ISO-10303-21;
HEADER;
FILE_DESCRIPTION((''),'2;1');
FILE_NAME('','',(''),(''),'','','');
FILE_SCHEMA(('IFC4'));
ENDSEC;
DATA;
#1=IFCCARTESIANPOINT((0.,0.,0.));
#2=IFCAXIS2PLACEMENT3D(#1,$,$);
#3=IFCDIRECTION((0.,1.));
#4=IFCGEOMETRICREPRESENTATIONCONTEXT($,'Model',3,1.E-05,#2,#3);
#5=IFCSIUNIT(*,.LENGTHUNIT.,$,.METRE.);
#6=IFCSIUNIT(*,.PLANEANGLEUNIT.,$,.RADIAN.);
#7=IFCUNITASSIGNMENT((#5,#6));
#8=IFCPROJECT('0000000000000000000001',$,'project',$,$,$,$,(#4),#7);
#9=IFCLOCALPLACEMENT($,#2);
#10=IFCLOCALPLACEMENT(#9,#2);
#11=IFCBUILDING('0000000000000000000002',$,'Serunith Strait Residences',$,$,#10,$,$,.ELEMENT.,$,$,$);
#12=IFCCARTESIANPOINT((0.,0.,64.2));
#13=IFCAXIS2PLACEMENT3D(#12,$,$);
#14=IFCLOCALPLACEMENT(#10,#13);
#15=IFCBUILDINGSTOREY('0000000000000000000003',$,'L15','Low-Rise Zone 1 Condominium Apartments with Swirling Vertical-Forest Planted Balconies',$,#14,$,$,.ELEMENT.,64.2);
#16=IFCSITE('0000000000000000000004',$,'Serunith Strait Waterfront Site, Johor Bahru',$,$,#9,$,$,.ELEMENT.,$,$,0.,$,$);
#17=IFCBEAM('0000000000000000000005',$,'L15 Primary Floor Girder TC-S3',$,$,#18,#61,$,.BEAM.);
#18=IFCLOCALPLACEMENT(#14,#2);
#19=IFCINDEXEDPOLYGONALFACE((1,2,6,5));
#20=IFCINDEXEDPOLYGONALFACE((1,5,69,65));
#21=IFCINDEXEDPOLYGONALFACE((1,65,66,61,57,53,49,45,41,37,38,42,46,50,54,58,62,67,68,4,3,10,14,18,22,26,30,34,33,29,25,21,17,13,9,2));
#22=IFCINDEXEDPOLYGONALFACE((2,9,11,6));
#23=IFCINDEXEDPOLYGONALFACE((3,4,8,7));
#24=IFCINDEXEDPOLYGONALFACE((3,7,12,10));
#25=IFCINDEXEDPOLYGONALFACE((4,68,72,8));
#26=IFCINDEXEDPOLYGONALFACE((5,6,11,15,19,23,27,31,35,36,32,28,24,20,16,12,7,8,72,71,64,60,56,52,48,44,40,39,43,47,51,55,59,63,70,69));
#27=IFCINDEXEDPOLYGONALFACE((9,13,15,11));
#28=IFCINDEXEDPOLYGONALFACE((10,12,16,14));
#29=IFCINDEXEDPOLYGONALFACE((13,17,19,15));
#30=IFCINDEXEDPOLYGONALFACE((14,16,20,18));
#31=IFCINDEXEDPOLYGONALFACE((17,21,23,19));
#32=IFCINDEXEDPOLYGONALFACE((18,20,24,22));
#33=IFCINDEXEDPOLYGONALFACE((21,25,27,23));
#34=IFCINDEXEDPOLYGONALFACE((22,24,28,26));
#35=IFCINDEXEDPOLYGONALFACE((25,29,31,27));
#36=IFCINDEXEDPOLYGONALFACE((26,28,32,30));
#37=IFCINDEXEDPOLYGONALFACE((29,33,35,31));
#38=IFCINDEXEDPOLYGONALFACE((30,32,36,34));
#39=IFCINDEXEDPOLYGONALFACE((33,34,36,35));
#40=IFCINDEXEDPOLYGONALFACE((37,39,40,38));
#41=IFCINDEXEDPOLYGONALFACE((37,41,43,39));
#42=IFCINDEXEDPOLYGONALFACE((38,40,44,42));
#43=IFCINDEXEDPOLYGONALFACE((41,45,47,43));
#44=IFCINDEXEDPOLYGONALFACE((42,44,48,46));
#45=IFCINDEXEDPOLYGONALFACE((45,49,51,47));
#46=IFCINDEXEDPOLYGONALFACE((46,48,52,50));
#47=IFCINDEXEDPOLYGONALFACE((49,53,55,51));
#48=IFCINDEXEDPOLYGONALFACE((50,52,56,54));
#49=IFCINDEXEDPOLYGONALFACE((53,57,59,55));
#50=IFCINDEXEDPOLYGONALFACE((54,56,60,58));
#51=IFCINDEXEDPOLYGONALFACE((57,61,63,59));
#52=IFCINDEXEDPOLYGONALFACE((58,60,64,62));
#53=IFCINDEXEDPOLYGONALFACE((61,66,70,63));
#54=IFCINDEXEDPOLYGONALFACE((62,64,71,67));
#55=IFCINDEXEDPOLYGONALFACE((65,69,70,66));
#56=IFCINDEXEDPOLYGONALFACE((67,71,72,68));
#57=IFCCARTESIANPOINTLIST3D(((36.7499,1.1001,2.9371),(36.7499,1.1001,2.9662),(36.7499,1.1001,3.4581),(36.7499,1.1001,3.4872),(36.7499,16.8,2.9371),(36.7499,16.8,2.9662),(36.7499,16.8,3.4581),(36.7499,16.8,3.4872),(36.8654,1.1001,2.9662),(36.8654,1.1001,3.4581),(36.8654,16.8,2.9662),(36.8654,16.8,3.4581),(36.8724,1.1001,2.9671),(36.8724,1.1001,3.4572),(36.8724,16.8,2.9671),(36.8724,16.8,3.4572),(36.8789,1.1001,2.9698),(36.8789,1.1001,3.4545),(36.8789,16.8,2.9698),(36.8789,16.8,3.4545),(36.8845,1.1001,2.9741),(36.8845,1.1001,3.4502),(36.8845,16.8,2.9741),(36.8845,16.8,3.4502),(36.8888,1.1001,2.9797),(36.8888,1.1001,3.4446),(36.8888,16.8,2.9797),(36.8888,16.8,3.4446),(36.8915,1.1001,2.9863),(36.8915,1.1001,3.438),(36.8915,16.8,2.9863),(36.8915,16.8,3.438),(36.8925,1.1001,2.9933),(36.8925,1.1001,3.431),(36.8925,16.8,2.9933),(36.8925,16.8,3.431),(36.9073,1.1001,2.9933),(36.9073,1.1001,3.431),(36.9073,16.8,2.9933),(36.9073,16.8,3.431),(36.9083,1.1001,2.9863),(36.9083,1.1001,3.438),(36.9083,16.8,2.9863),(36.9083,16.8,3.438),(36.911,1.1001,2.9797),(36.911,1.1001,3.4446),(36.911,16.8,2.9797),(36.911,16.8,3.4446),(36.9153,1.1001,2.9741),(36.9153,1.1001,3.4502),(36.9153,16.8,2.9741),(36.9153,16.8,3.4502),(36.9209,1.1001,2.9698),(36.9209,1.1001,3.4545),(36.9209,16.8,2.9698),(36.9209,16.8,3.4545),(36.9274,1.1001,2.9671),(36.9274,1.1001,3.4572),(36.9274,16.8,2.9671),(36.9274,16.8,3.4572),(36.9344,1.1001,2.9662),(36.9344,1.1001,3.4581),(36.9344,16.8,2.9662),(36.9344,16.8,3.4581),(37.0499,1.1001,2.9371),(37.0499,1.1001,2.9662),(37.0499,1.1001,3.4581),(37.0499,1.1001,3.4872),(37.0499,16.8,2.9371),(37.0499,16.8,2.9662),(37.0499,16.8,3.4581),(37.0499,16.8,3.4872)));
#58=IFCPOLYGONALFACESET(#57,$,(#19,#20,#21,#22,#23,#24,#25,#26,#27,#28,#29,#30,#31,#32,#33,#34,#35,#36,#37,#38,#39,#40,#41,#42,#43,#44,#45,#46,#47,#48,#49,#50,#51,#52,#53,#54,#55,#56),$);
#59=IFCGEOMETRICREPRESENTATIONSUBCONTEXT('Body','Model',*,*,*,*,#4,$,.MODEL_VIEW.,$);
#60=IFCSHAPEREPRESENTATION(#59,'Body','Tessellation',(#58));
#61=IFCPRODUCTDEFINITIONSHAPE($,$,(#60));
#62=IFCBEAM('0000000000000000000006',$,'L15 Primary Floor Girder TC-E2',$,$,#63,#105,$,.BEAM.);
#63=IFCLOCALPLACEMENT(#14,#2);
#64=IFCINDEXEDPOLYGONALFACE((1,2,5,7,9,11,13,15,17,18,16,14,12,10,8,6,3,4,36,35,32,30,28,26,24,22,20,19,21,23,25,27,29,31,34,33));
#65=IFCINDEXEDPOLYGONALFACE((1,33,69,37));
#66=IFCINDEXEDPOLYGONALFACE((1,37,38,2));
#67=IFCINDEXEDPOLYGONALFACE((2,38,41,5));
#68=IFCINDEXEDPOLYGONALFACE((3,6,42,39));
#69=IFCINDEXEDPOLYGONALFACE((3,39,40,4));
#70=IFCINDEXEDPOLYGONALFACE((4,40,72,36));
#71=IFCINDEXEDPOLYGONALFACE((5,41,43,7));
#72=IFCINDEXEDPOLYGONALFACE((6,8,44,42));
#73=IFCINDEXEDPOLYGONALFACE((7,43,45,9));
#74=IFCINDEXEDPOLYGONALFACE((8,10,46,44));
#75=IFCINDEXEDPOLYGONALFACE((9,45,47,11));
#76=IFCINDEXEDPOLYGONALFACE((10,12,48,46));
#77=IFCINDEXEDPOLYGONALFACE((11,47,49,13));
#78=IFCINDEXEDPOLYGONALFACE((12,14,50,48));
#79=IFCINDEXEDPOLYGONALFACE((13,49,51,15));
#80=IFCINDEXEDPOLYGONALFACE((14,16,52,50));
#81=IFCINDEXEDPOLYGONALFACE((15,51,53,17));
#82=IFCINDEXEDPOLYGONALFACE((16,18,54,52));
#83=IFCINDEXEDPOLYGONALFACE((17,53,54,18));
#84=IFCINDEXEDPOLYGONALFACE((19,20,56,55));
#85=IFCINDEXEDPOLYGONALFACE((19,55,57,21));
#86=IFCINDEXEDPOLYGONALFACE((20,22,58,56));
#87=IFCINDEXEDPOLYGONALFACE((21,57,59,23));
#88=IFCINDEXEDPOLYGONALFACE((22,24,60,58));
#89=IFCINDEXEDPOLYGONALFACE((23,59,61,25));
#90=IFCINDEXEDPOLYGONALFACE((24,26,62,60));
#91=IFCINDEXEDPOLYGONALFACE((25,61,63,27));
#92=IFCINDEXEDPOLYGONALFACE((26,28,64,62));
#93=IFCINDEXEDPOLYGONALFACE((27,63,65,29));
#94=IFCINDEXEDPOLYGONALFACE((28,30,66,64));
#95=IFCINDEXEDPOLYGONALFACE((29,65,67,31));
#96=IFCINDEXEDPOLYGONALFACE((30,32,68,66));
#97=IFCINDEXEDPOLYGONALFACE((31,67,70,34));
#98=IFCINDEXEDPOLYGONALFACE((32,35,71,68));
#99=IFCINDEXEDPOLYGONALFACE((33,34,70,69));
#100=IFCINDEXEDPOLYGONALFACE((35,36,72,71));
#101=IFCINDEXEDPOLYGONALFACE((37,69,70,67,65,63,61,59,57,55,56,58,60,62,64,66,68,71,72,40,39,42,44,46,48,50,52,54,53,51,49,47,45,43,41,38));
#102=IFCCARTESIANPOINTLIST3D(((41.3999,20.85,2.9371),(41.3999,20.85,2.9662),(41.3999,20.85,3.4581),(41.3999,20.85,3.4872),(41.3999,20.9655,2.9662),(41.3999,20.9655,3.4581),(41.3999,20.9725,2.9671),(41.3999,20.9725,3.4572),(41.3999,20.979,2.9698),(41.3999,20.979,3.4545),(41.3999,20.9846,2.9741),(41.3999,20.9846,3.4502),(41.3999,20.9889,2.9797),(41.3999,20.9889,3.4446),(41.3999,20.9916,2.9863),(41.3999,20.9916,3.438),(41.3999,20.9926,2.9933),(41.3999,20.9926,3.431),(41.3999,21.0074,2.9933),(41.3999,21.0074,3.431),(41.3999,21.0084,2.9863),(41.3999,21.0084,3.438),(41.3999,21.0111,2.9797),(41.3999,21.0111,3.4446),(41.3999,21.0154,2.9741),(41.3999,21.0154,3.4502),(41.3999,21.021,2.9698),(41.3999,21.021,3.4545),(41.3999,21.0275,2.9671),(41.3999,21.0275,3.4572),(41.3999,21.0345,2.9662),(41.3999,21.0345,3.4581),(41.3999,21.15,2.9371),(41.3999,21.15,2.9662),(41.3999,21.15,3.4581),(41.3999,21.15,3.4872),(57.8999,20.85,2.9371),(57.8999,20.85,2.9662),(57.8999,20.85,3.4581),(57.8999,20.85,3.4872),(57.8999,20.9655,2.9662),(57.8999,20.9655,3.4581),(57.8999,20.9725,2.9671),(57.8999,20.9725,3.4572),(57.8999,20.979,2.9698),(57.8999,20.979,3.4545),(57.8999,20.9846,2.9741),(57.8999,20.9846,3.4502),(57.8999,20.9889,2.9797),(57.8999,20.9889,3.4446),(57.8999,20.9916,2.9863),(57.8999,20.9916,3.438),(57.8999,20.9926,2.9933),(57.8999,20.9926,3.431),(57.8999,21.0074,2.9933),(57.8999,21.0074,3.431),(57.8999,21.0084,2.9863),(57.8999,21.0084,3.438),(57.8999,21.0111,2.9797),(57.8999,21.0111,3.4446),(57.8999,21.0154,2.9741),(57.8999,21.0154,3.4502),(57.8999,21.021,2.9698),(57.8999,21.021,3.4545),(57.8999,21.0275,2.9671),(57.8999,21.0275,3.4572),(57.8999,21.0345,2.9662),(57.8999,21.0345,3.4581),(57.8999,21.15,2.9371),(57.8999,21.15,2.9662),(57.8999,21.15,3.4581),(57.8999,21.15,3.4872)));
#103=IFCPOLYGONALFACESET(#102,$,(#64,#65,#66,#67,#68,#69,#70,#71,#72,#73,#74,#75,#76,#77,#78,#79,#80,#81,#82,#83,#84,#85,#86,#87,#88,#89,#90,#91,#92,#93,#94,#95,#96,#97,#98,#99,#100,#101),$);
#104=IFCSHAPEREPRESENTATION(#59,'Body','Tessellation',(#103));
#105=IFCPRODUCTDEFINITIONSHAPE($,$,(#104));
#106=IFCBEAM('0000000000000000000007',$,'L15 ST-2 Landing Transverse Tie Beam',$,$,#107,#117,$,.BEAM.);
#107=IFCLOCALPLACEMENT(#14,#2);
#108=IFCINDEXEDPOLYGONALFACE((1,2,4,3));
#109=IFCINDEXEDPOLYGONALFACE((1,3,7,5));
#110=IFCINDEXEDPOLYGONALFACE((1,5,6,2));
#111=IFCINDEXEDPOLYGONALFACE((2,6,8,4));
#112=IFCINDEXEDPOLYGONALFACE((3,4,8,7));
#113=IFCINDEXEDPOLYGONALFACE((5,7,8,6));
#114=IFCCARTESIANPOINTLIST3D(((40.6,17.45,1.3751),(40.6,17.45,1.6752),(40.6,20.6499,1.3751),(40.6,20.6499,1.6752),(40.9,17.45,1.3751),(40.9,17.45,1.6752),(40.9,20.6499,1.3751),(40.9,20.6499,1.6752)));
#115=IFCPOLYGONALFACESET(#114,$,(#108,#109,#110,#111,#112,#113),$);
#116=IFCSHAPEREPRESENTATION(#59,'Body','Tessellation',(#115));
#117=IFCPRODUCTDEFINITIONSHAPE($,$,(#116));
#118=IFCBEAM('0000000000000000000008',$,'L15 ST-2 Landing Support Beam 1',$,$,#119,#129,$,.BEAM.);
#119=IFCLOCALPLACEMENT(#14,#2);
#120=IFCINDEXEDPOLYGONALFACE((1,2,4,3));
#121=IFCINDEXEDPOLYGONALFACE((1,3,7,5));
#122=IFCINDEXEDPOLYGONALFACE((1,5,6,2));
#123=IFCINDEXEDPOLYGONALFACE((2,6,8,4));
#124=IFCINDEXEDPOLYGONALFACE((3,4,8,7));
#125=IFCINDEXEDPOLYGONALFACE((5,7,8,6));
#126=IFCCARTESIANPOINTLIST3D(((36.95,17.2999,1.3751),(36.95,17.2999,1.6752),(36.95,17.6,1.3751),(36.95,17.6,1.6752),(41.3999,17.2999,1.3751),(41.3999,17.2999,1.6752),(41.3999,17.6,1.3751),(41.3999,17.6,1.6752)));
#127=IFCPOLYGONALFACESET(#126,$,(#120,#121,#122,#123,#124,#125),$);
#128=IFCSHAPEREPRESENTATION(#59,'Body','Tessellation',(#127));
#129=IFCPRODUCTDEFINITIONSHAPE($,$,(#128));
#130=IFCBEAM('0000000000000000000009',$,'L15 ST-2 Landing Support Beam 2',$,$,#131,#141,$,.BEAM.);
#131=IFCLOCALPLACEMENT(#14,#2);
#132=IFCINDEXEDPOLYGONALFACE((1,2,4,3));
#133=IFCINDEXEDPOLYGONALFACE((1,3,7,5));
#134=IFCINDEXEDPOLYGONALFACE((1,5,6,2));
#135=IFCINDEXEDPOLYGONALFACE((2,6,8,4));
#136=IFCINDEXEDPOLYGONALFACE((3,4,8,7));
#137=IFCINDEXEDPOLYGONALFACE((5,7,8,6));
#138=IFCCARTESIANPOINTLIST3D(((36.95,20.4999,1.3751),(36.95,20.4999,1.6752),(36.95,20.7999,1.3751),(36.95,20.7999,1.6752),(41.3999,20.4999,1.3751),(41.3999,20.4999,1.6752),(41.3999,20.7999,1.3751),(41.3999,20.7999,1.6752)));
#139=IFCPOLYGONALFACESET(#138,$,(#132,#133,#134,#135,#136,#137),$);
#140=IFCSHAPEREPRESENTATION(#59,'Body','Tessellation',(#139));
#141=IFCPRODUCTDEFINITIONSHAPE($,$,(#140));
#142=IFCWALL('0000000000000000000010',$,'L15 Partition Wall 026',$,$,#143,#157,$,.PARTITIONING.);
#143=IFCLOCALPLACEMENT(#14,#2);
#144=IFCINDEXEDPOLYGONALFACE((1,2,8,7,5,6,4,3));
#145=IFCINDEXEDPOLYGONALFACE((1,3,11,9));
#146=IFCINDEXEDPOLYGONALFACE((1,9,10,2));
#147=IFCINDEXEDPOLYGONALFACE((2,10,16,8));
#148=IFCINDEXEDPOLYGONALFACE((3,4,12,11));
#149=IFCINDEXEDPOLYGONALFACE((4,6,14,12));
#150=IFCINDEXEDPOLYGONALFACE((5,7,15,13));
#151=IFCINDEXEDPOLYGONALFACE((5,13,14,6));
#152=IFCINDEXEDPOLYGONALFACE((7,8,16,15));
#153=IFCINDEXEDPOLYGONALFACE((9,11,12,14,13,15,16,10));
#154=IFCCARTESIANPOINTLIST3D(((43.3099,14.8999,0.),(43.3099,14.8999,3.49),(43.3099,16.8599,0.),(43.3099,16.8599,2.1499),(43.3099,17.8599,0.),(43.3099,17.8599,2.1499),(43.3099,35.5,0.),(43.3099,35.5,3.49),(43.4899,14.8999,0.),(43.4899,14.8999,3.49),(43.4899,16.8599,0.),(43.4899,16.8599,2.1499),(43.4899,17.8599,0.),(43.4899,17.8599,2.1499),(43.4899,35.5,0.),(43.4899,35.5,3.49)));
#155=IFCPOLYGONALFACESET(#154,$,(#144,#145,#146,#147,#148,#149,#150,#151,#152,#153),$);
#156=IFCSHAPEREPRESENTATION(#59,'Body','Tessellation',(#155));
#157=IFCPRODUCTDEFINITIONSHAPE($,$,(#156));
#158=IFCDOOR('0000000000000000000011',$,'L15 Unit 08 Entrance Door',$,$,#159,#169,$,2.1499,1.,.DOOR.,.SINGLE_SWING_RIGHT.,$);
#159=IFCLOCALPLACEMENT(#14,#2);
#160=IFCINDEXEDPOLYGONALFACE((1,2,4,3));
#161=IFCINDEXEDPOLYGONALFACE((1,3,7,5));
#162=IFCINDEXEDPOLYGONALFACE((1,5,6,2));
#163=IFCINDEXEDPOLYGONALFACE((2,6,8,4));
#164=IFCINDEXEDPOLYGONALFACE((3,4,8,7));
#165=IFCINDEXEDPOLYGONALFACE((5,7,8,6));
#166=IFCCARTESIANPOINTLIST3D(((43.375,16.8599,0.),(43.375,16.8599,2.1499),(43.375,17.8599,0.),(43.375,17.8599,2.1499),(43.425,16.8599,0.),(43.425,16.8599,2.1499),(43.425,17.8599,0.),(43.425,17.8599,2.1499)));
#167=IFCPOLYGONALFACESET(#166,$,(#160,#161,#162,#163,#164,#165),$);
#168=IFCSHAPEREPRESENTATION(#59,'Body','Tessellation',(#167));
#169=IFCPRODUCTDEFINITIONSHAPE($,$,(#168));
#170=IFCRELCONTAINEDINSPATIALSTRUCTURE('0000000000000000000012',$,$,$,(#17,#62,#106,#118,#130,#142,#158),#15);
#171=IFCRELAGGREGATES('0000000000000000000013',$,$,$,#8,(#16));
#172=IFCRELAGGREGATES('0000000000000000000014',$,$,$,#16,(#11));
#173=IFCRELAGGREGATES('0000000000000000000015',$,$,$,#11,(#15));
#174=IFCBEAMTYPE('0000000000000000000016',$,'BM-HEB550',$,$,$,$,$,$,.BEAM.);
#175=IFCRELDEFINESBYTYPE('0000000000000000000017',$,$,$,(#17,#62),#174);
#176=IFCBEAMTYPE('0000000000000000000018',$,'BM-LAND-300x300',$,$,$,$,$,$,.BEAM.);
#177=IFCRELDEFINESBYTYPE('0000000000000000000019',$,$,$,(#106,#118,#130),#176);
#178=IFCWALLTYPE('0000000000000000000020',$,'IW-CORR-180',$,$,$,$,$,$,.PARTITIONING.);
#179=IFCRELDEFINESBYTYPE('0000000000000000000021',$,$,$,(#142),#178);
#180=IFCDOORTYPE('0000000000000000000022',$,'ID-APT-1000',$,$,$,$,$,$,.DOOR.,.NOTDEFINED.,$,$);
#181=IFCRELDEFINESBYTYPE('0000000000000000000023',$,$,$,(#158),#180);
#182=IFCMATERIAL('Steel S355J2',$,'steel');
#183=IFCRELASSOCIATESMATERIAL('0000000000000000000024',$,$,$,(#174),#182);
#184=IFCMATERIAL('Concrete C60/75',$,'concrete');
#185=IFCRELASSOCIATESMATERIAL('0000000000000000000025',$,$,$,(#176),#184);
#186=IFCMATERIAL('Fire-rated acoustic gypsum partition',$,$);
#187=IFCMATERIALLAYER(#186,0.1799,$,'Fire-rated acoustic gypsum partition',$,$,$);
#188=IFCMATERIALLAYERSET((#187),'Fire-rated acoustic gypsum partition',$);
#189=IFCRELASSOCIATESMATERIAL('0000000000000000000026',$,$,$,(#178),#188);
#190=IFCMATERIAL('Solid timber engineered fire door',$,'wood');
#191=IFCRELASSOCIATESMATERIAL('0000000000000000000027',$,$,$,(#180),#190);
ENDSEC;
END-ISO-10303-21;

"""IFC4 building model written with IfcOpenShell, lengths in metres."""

from ifc_helpers import new_model, si_unit, direction, frame, frame_2d, origin, origin_2d, place, context, subcontext, project, spatial, rectangle, i_section, extrude, source, transform, mapped, material, layer, layer_set, material_profile, profile_set, type_object, element, fill, save


model = new_model("IFC4")

# Units and contexts
model_context = context("Model", 3, precision=1e-05, world=origin(), true_north=direction((0.0, 1.0)))
body_context = subcontext(model_context, "Body", "Model", "MODEL_VIEW")
ifc_project = project(units=[si_unit("LENGTHUNIT", "METRE"), si_unit("PLANEANGLEUNIT", "RADIAN")], contexts=[model_context])

# Site, building, storey
site_placement = place(None, origin())
site = spatial("IfcSite", under=ifc_project, at=site_placement, Name="Serunith Strait Waterfront Site, Johor Bahru", CompositionType="ELEMENT", RefElevation=0.0)
building_placement = place(site_placement, origin())
building = spatial("IfcBuilding", under=site, at=building_placement, Name="Serunith Strait Residences", CompositionType="ELEMENT")
storey_placement = place(building_placement, frame((0.0, 0.0, 64.2)))
storey = spatial("IfcBuildingStorey", under=building, at=storey_placement, Name="L15", Description="Low-Rise Zone 1 Condominium Apartments with Swirling Vertical-Forest Planted Balconies", CompositionType="ELEMENT", Elevation=64.2)

# Beams
ifc_material_1 = material(Name="Steel S355J2", Category="steel")
ifc_material_profile_1 = material_profile(ifc_material_1, i_section(OverallWidth=0.3, OverallDepth=0.55, WebThickness=0.0149, FlangeThickness=0.0291, FilletRadius=0.0271, at=origin_2d()), Name="HEB 550")
ifc_profile_set_1 = profile_set([ifc_material_profile_1], Name="Steel S355J2")
beam_type_1 = type_object("IfcBeamType", Name="BM-HEB550", PredefinedType="BEAM", material=ifc_profile_set_1)
shared_shape_1 = source(origin(), body_context, "Body", "SweptSolid", [
    extrude(i_section(OverallWidth=0.3, OverallDepth=0.55, WebThickness=0.0149, FlangeThickness=0.0291, FilletRadius=0.0271, at=origin_2d()), origin(), (0.0, 0.0, 1.0), 15.7),
])
beam_1_placement = place(storey_placement, frame((36.8999, 16.8, 3.2122), z_axis=(0.0, -1.0, 0.0), x_axis=(1.0, 0.0, 0.0)))
element("IfcBeam", 1, at=beam_1_placement, inside=storey, type_object=beam_type_1, Name="L15 Primary Floor Girder TC-S3", PredefinedType="BEAM", context=body_context, shape_type="MappedRepresentation", body=[
    mapped(shared_shape_1, transform((0.0, 0.0, 0.0), scale=1.0)),
])
shared_shape_2 = source(origin(), body_context, "Body", "SweptSolid", [
    extrude(i_section(OverallWidth=0.3, OverallDepth=0.55, WebThickness=0.0149, FlangeThickness=0.0291, FilletRadius=0.0271, at=origin_2d()), origin(), (0.0, 0.0, 1.0), 16.5),
])
beam_2_placement = place(storey_placement, frame((41.3999, 21.0, 3.2122), z_axis=(1.0, 0.0, 0.0), x_axis=(0.0, 1.0, 0.0)))
element("IfcBeam", 2, at=beam_2_placement, inside=storey, type_object=beam_type_1, Name="L15 Primary Floor Girder TC-E2", PredefinedType="BEAM", context=body_context, shape_type="MappedRepresentation", body=[
    mapped(shared_shape_2, transform((0.0, 0.0, 0.0), scale=1.0)),
])
ifc_material_2 = material(Name="Concrete C60/75", Category="concrete")
ifc_material_profile_2 = material_profile(ifc_material_2, rectangle(XDim=0.3, YDim=0.3, at=origin_2d()), Name="RC 300x300")
ifc_profile_set_2 = profile_set([ifc_material_profile_2], Name="Concrete C60/75")
beam_type_2 = type_object("IfcBeamType", Name="BM-LAND-300x300", PredefinedType="BEAM", material=ifc_profile_set_2)
shared_shape_3 = source(origin(), body_context, "Body", "SweptSolid", [
    extrude(rectangle(XDim=0.3, YDim=0.3, at=origin_2d()), origin(), (0.0, 0.0, 1.0), 3.2),
])
beam_3_placement = place(storey_placement, frame((40.75, 17.45, 1.5251), z_axis=(0.0, 1.0, 0.0), x_axis=(-1.0, 0.0, 0.0)))
element("IfcBeam", 3, at=beam_3_placement, inside=storey, type_object=beam_type_2, Name="L15 ST-2 Landing Transverse Tie Beam", PredefinedType="BEAM", context=body_context, shape_type="MappedRepresentation", body=[
    mapped(shared_shape_3, transform((0.0, 0.0, 0.0), scale=1.0)),
])
shared_shape_4 = source(origin(), body_context, "Body", "SweptSolid", [
    extrude(rectangle(XDim=0.3, YDim=0.3, at=origin_2d()), origin(), (0.0, 0.0, 1.0), 4.45),
])
for number, where, z_axis, x_axis, name in (
    (4, (36.95, 17.45, 1.5251), (1.0, 0.0, 0.0), (0.0, 1.0, 0.0), "L15 ST-2 Landing Support Beam 1"),
    (5, (36.95, 20.6499, 1.5251), (1.0, 0.0, 0.0), (0.0, 1.0, 0.0), "L15 ST-2 Landing Support Beam 2"),
):
    element("IfcBeam", number, at=place(storey_placement, frame(where, z_axis=z_axis, x_axis=x_axis)), inside=storey, type_object=beam_type_2, Name=name, PredefinedType="BEAM", context=body_context, shape_type="MappedRepresentation", body=[
        mapped(shared_shape_4, transform((0.0, 0.0, 0.0), scale=1.0)),
    ])

# Wall, opening, door
ifc_material_3 = material(Name="Fire-rated acoustic gypsum partition")
ifc_layer_1 = layer(ifc_material_3, 0.1799, Name="Fire-rated acoustic gypsum partition")
ifc_layer_set_1 = layer_set([ifc_layer_1], Name="Fire-rated acoustic gypsum partition")
wall_type_1 = type_object("IfcWallType", Name="IW-CORR-180", PredefinedType="PARTITIONING", material=ifc_layer_set_1)
wall_1_placement = place(storey_placement, frame((43.3999, 14.8999, 0.0), z_axis=(0.0, 0.0, 1.0), x_axis=(0.0, 1.0, 0.0)))
wall_1 = element("IfcWall", 6, at=wall_1_placement, inside=storey, type_object=wall_type_1, Name="L15 Partition Wall 026", PredefinedType="PARTITIONING", context=body_context, shape_type="SweptSolid", body=[
    extrude(rectangle(XDim=20.6001, YDim=0.1799, at=frame_2d((10.3, 0.0))), origin(), (0.0, 0.0, 1.0), 3.49),
])
opening_1_placement = place(wall_1_placement, frame((1.96, 0.0, 0.0)))
opening_1 = element("IfcOpeningElement", 7, at=opening_1_placement, cuts=wall_1, PredefinedType="OPENING", context=body_context, shape_type="SweptSolid", body=[
    extrude(rectangle(XDim=1.0, YDim=2.1499, at=frame_2d((0.5, 1.075))), frame((0.0, 0.1001, 0.0), z_axis=(0.0, -1.0, 0.0), x_axis=(1.0, 0.0, 0.0)), (0.0, 0.0, 1.0), 0.2),
])
ifc_material_4 = material(Name="Solid timber engineered fire door", Category="wood")
door_type_1 = type_object("IfcDoorType", Name="ID-APT-1000", OperationType="NOTDEFINED", PredefinedType="DOOR", material=ifc_material_4)
shared_shape_5 = source(origin(), body_context, "Body", "SweptSolid", [
    extrude(rectangle(XDim=1.0, YDim=2.1499, at=frame_2d((0.5, 1.075))), frame((0.0, 0.0249, 0.0), z_axis=(0.0, -1.0, 0.0), x_axis=(1.0, 0.0, 0.0)), (0.0, 0.0, 1.0), 0.05),
])
door_1_placement = place(opening_1_placement, origin())
door_1 = element("IfcDoor", 8, at=door_1_placement, inside=storey, type_object=door_type_1, Name="L15 Unit 08 Entrance Door", OperationType="SINGLE_SWING_RIGHT", OverallHeight=2.1499, OverallWidth=1.0, PredefinedType="DOOR", context=body_context, shape_type="MappedRepresentation", body=[
    mapped(shared_shape_5, transform((0.0, 0.0, 0.0), scale=1.0)),
])
fill(opening_1, door_1)

save(model, "model.ifc")
